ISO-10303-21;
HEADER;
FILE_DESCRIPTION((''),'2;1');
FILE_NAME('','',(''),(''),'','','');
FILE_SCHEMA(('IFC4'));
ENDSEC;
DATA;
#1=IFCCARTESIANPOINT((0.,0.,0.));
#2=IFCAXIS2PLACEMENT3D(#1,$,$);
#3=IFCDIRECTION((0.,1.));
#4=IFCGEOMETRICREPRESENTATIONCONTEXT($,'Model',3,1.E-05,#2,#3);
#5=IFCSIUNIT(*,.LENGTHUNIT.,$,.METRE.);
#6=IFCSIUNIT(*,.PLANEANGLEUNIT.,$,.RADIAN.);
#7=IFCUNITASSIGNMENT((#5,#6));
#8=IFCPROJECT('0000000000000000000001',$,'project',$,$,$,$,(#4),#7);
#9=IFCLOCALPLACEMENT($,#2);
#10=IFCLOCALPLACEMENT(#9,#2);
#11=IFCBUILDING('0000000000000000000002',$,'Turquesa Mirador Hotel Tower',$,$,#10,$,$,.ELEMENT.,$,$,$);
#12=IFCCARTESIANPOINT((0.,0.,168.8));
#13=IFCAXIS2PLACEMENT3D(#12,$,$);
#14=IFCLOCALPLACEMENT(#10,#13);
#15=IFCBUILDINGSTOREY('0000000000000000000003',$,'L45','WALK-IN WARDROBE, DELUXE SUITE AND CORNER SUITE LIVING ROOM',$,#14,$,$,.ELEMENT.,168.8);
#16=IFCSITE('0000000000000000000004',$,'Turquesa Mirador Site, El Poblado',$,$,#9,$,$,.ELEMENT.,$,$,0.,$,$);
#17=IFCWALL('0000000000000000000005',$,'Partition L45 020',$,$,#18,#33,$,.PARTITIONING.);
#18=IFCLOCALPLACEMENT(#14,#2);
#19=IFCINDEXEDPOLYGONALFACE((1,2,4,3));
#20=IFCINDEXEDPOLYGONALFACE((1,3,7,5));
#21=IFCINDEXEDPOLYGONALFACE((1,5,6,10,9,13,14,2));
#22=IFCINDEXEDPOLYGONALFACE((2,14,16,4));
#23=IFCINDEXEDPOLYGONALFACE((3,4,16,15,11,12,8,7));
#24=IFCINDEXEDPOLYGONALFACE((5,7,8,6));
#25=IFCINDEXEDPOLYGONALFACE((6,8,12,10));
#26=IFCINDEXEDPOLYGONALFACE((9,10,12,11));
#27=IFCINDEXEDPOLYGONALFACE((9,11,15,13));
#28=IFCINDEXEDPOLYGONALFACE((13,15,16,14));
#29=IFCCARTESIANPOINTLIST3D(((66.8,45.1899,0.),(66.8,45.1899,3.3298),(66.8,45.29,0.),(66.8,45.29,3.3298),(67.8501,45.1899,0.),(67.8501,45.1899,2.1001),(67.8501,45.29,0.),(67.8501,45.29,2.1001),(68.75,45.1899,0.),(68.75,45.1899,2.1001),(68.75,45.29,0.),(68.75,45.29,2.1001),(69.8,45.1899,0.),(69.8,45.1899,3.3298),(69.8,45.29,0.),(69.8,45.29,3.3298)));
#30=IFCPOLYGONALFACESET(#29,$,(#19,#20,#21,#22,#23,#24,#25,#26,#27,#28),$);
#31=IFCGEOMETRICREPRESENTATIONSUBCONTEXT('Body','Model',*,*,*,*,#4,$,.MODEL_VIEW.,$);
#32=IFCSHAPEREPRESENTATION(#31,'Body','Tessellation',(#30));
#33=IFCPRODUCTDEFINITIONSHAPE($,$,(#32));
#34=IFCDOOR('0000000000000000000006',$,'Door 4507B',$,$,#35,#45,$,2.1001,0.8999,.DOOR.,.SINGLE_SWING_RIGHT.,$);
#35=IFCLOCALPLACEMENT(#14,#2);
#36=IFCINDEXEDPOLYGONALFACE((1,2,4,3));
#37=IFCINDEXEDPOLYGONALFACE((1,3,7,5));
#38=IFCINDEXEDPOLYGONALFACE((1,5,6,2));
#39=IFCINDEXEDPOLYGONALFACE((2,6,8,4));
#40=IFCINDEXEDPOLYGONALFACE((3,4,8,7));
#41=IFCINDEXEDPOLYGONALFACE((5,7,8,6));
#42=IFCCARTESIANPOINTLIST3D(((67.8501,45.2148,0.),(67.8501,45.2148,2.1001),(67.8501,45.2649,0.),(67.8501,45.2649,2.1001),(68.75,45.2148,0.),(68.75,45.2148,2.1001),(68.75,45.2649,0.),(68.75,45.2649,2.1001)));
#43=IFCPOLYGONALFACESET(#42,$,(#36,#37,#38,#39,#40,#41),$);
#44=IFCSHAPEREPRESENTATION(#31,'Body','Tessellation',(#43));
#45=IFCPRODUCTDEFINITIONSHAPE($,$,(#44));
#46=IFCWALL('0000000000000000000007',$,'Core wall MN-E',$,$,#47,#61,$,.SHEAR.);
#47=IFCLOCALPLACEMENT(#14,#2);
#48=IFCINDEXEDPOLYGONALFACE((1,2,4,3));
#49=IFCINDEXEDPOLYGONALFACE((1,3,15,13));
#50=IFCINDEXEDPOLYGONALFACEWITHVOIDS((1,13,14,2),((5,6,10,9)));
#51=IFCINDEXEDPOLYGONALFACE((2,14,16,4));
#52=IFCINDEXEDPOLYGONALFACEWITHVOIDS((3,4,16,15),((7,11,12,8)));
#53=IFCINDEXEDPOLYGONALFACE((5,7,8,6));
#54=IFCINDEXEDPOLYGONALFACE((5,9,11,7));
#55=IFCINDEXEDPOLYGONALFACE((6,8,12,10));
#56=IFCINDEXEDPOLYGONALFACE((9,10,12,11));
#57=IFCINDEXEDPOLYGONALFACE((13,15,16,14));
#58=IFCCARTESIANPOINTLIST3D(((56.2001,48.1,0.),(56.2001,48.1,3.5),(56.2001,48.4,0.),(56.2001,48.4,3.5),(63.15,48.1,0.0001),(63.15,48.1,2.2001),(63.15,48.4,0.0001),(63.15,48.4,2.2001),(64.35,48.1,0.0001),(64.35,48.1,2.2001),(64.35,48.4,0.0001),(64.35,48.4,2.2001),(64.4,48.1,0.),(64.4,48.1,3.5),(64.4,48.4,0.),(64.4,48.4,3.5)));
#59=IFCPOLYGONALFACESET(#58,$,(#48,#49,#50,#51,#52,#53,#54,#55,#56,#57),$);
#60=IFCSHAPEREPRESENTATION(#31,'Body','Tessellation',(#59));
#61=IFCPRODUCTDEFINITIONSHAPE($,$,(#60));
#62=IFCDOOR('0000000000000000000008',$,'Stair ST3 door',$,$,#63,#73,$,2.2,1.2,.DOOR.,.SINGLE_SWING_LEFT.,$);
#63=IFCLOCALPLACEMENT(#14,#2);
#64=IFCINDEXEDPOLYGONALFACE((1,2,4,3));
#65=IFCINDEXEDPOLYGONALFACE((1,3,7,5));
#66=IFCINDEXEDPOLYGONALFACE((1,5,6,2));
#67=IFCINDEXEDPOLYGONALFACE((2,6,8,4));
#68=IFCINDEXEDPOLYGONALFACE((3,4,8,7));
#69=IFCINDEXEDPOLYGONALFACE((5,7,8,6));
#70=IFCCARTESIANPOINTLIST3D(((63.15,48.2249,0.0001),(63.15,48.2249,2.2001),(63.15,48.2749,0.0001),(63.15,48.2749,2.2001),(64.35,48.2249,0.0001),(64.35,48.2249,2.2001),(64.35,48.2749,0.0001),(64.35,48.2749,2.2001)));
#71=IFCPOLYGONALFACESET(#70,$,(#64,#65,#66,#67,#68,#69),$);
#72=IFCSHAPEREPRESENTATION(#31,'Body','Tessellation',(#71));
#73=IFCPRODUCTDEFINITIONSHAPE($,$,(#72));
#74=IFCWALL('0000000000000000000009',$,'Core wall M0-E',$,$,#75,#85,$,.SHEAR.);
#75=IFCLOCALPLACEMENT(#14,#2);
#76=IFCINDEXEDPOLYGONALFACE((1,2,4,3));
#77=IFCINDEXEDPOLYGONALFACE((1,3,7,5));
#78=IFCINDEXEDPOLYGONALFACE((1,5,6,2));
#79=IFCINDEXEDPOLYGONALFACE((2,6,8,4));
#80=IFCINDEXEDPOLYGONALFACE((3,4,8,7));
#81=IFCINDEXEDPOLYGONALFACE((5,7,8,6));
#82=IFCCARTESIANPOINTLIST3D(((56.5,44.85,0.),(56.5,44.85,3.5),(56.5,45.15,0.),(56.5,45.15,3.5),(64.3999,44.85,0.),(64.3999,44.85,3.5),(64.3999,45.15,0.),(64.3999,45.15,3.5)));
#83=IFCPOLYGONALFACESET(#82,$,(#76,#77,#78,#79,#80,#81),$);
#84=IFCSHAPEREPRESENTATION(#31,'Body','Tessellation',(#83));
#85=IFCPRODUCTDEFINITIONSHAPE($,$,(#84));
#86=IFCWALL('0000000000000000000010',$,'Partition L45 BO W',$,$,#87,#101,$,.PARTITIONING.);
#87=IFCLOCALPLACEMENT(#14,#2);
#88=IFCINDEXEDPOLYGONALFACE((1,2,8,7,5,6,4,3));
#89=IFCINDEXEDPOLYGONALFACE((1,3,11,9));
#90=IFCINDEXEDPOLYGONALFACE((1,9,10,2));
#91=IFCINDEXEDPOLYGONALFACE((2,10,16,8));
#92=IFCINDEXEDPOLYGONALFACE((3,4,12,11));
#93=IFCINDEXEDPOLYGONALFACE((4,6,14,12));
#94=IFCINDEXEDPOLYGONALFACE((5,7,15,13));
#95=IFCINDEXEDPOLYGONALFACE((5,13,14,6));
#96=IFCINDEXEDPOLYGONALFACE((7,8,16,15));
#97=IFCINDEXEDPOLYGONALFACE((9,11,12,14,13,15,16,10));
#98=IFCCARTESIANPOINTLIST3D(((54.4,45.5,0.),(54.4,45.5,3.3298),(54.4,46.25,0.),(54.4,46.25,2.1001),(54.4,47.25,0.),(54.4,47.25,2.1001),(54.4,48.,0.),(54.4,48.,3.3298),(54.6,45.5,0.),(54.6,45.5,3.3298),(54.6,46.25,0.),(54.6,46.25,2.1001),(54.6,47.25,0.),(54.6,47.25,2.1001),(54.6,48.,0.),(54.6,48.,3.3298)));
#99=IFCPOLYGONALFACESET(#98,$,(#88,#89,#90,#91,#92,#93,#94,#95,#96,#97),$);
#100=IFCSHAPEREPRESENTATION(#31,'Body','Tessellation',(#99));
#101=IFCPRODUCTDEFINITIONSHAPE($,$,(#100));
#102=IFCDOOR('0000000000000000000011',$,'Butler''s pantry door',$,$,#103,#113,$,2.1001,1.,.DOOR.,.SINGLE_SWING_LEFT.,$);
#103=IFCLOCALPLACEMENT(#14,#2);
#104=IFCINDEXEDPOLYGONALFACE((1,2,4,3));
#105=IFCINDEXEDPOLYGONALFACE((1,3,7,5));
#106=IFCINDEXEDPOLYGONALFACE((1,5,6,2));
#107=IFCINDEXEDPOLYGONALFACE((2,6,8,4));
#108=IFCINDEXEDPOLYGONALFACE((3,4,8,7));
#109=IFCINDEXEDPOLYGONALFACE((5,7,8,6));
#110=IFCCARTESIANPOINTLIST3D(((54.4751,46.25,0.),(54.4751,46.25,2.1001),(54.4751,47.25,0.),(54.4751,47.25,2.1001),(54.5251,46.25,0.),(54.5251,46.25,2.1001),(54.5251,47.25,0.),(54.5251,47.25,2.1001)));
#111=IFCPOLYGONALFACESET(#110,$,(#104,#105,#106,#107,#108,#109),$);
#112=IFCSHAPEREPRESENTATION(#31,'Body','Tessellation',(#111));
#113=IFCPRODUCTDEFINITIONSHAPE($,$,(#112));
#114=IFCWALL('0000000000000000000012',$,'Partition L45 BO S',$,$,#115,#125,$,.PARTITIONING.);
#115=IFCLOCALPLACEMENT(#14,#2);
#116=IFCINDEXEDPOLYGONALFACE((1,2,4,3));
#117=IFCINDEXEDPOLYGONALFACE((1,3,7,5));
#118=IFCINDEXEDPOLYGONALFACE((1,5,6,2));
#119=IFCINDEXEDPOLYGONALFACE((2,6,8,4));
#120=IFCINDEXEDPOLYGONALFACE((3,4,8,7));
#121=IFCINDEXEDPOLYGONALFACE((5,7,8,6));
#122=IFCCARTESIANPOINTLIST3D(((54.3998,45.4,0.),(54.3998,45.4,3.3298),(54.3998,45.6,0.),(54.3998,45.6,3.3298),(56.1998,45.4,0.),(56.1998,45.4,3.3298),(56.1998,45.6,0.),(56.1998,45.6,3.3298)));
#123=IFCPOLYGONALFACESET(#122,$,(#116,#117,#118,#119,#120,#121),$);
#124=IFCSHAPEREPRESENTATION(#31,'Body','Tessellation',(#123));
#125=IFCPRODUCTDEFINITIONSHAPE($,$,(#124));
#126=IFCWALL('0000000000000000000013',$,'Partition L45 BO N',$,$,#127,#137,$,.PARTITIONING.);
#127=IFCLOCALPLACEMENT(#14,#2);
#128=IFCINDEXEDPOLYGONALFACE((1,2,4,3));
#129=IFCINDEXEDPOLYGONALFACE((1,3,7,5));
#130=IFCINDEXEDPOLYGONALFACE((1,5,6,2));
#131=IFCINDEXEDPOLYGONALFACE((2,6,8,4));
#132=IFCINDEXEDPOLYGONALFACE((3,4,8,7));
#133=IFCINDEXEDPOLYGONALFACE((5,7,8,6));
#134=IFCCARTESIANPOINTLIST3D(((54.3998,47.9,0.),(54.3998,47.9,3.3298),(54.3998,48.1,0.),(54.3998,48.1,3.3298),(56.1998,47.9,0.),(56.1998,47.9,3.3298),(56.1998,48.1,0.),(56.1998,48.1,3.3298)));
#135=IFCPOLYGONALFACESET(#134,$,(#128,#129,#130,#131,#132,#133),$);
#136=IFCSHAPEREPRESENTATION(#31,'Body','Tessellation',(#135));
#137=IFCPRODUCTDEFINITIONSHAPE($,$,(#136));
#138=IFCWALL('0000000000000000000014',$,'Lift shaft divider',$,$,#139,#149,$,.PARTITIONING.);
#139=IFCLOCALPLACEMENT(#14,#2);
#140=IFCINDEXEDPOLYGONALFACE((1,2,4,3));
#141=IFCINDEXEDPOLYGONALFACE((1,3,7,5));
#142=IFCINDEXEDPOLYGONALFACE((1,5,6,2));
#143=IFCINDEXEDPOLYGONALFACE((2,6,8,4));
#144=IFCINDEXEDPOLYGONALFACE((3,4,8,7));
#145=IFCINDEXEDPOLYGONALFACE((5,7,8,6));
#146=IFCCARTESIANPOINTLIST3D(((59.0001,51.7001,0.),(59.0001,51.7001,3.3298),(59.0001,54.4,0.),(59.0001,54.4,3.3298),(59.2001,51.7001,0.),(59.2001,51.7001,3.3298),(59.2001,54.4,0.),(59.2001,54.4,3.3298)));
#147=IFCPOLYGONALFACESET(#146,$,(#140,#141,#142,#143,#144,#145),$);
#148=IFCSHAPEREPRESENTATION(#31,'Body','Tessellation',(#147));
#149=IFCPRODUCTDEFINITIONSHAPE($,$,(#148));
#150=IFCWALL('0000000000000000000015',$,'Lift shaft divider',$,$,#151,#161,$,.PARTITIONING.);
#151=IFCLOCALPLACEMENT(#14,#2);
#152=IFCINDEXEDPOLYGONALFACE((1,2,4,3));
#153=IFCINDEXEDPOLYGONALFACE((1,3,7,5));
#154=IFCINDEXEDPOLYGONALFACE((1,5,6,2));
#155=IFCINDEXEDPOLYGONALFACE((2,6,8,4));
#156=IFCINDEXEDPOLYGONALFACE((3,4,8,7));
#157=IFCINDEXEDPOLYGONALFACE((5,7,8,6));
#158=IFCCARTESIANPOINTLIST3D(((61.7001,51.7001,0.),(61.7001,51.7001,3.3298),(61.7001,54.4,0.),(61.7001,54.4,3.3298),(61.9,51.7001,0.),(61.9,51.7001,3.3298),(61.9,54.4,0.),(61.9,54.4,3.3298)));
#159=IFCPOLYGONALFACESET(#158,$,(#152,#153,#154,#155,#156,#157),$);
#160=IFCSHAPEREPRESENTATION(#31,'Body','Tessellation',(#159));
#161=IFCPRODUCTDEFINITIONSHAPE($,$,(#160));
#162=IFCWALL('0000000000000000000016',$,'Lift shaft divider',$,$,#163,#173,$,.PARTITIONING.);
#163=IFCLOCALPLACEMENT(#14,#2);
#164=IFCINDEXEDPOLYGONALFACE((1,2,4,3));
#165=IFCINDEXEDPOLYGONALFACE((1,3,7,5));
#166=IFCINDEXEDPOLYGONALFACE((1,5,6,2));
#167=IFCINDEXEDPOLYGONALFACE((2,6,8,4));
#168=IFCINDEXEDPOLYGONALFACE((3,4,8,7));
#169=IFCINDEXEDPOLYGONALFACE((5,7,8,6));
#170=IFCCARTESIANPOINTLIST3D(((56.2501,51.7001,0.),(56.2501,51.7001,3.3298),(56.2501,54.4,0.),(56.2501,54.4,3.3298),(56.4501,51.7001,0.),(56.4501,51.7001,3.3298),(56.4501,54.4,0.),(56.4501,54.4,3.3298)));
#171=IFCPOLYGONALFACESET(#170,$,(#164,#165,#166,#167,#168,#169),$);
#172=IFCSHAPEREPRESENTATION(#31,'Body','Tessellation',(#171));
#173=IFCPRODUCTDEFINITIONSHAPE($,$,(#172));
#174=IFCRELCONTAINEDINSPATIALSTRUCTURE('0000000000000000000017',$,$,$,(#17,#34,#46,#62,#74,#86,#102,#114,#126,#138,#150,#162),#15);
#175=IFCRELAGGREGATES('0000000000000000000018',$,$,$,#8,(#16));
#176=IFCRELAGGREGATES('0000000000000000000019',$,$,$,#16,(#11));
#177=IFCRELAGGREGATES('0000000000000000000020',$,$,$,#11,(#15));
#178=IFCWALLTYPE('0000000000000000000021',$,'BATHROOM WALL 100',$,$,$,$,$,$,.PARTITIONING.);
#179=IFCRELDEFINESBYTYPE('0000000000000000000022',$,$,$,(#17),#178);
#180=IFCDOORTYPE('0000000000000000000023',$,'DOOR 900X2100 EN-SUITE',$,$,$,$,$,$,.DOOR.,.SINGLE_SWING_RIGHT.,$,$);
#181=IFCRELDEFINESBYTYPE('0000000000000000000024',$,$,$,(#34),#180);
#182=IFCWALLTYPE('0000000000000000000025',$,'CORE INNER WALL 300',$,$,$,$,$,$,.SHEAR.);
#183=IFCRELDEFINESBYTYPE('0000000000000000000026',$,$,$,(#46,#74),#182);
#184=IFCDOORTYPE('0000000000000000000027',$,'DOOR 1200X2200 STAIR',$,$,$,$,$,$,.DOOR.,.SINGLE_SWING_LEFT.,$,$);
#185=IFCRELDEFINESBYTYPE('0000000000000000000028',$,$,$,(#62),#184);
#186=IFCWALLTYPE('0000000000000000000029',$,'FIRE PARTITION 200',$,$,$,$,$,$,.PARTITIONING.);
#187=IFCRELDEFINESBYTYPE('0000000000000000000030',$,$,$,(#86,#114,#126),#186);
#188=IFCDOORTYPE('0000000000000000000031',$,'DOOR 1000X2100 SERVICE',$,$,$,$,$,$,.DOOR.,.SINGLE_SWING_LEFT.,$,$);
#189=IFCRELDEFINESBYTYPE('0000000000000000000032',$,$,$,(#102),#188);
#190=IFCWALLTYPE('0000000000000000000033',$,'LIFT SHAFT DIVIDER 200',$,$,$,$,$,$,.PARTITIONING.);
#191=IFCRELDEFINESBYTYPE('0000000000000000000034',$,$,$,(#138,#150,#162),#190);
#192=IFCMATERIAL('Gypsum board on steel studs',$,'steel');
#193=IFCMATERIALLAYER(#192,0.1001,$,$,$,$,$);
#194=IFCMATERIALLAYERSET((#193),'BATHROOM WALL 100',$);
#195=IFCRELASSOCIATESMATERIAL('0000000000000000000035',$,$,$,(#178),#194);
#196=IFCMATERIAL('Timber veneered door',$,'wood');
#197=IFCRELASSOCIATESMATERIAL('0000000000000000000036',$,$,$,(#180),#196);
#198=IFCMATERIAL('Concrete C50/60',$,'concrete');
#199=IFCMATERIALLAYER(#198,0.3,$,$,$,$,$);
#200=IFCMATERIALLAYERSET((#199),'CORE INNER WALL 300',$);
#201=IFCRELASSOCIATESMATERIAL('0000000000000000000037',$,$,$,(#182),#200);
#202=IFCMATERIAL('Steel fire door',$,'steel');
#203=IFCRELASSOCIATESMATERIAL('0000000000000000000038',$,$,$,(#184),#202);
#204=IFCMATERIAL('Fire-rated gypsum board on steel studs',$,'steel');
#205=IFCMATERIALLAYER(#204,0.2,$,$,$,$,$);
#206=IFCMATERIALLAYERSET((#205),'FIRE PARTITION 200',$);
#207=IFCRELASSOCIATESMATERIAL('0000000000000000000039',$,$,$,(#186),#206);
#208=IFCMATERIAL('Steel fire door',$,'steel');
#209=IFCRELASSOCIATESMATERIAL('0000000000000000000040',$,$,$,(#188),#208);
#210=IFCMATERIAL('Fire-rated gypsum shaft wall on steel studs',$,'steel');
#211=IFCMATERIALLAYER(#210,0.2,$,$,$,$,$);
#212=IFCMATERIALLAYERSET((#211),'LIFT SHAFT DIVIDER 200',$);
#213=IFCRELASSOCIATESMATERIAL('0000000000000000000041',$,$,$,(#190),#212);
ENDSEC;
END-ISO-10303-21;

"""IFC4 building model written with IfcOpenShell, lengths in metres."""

from ifc_helpers import new_model, si_unit, direction, frame, frame_2d, origin, place, context, subcontext, project, spatial, rectangle, extrude, material, layer, layer_set, type_object, element, fill, save


model = new_model("IFC4")

# Units and contexts
model_context = context("Model", 3, precision=1e-05, world=origin(), true_north=direction((0.0, 1.0)))
body_context = subcontext(model_context, "Body", "Model", "MODEL_VIEW")
ifc_project = project(units=[si_unit("LENGTHUNIT", "METRE"), si_unit("PLANEANGLEUNIT", "RADIAN")], contexts=[model_context])

# Site, building, storey
site_placement = place(None, origin())
site = spatial("IfcSite", under=ifc_project, at=site_placement, Name="Turquesa Mirador Site, El Poblado", CompositionType="ELEMENT", RefElevation=0.0)
building_placement = place(site_placement, origin())
building = spatial("IfcBuilding", under=site, at=building_placement, Name="Turquesa Mirador Hotel Tower", CompositionType="ELEMENT")
storey_placement = place(building_placement, frame((0.0, 0.0, 168.8)))
storey = spatial("IfcBuildingStorey", under=building, at=storey_placement, Name="L45", Description="WALK-IN WARDROBE, DELUXE SUITE AND CORNER SUITE LIVING ROOM", CompositionType="ELEMENT", Elevation=168.8)

# Walls, openings, doors
ifc_material_1 = material(Name="Gypsum board on steel studs", Category="steel")
ifc_layer_1 = layer(ifc_material_1, 0.1001)
ifc_layer_set_1 = layer_set([ifc_layer_1], Name="BATHROOM WALL 100")
wall_type_1 = type_object("IfcWallType", Name="BATHROOM WALL 100", PredefinedType="PARTITIONING", material=ifc_layer_set_1)
wall_1_placement = place(storey_placement, frame((66.8, 45.24, 0.0), z_axis=(0.0, 0.0, 1.0), x_axis=(1.0, 0.0, 0.0)))
wall_1 = element("IfcWall", 1, at=wall_1_placement, inside=storey, type_object=wall_type_1, Name="Partition L45 020", PredefinedType="PARTITIONING", context=body_context, shape_type="SweptSolid", body=[
    extrude(rectangle(XDim=3.0, YDim=0.1001, at=frame_2d((1.5, 0.0))), origin(), (0.0, 0.0, 1.0), 3.3298),
])
opening_1_placement = place(wall_1_placement, frame((1.05, 0.0, 0.0)))
opening_1 = element("IfcOpeningElement", 2, at=opening_1_placement, cuts=wall_1, PredefinedType="OPENING", context=body_context, shape_type="SweptSolid", body=[
    extrude(rectangle(XDim=0.8999, YDim=2.1001, at=frame_2d((0.45, 1.05))), frame((0.0, 0.0601, 0.0), z_axis=(0.0, -1.0, 0.0), x_axis=(1.0, 0.0, 0.0)), (0.0, 0.0, 1.0), 0.1201),
])
ifc_material_2 = material(Name="Timber veneered door", Category="wood")
door_type_1 = type_object("IfcDoorType", Name="DOOR 900X2100 EN-SUITE", OperationType="SINGLE_SWING_RIGHT", PredefinedType="DOOR", material=ifc_material_2)
door_1_placement = place(opening_1_placement, origin())
door_1 = element("IfcDoor", 3, at=door_1_placement, inside=storey, type_object=door_type_1, Name="Door 4507B", OperationType="SINGLE_SWING_RIGHT", OverallHeight=2.1001, OverallWidth=0.8999, PredefinedType="DOOR", context=body_context, shape_type="SweptSolid", body=[
    extrude(rectangle(XDim=0.8999, YDim=2.1001, at=frame_2d((0.45, 1.05))), frame((0.0, 0.0249, 0.0), z_axis=(0.0, -1.0, 0.0), x_axis=(1.0, 0.0, 0.0)), (0.0, 0.0, 1.0), 0.05),
])
fill(opening_1, door_1)
ifc_material_3 = material(Name="Concrete C50/60", Category="concrete")
ifc_layer_2 = layer(ifc_material_3, 0.3)
ifc_layer_set_2 = layer_set([ifc_layer_2], Name="CORE INNER WALL 300")
wall_type_2 = type_object("IfcWallType", Name="CORE INNER WALL 300", PredefinedType="SHEAR", material=ifc_layer_set_2)
wall_2_placement = place(storey_placement, frame((56.2, 48.25, 0.0), z_axis=(0.0, 0.0, 1.0), x_axis=(1.0, 0.0, 0.0)))
wall_2 = element("IfcWall", 4, at=wall_2_placement, inside=storey, type_object=wall_type_2, Name="Core wall MN-E", PredefinedType="SHEAR", context=body_context, shape_type="SweptSolid", body=[
    extrude(rectangle(XDim=8.2, YDim=0.3, at=frame_2d((4.1001, 0.0))), origin(), (0.0, 0.0, 1.0), 3.5),
])
opening_2_placement = place(wall_2_placement, frame((6.95, 0.0, 0.0)))
opening_2 = element("IfcOpeningElement", 5, at=opening_2_placement, cuts=wall_2, PredefinedType="OPENING", context=body_context, shape_type="SweptSolid", body=[
    extrude(rectangle(XDim=1.2, YDim=2.2, at=frame_2d((0.6001, 1.1001))), frame((0.0, 0.1599, 0.0), z_axis=(0.0, -1.0, 0.0), x_axis=(1.0, 0.0, 0.0)), (0.0, 0.0, 1.0), 0.3201),
])
ifc_material_4 = material(Name="Steel fire door", Category="steel")
door_type_2 = type_object("IfcDoorType", Name="DOOR 1200X2200 STAIR", OperationType="SINGLE_SWING_LEFT", PredefinedType="DOOR", material=ifc_material_4)
door_2_placement = place(opening_2_placement, origin())
door_2 = element("IfcDoor", 6, at=door_2_placement, inside=storey, type_object=door_type_2, Name="Stair ST3 door", OperationType="SINGLE_SWING_LEFT", OverallHeight=2.2, OverallWidth=1.2, PredefinedType="DOOR", context=body_context, shape_type="SweptSolid", body=[
    extrude(rectangle(XDim=1.2, YDim=2.2, at=frame_2d((0.6001, 1.1001))), frame((0.0, 0.0249, 0.0), z_axis=(0.0, -1.0, 0.0), x_axis=(1.0, 0.0, 0.0)), (0.0, 0.0, 1.0), 0.05),
])
fill(opening_2, door_2)

# Wall
wall_3_placement = place(storey_placement, frame((56.5, 45.0, 0.0), z_axis=(0.0, 0.0, 1.0), x_axis=(1.0, 0.0, 0.0)))
element("IfcWall", 7, at=wall_3_placement, inside=storey, type_object=wall_type_2, Name="Core wall M0-E", PredefinedType="SHEAR", context=body_context, shape_type="SweptSolid", body=[
    extrude(rectangle(XDim=7.8999, YDim=0.3, at=frame_2d((3.95, 0.0))), origin(), (0.0, 0.0, 1.0), 3.5),
])

# Wall, opening, door
ifc_material_5 = material(Name="Fire-rated gypsum board on steel studs", Category="steel")
ifc_layer_3 = layer(ifc_material_5, 0.2)
ifc_layer_set_3 = layer_set([ifc_layer_3], Name="FIRE PARTITION 200")
wall_type_3 = type_object("IfcWallType", Name="FIRE PARTITION 200", PredefinedType="PARTITIONING", material=ifc_layer_set_3)
wall_4_placement = place(storey_placement, frame((54.5, 45.5, 0.0), z_axis=(0.0, 0.0, 1.0), x_axis=(0.0, 1.0, 0.0)))
wall_4 = element("IfcWall", 8, at=wall_4_placement, inside=storey, type_object=wall_type_3, Name="Partition L45 BO W", PredefinedType="PARTITIONING", context=body_context, shape_type="SweptSolid", body=[
    extrude(rectangle(XDim=2.5, YDim=0.2, at=frame_2d((1.25, 0.0))), origin(), (0.0, 0.0, 1.0), 3.3298),
])
opening_3_placement = place(wall_4_placement, frame((0.75, 0.0, 0.0)))
opening_3 = element("IfcOpeningElement", 9, at=opening_3_placement, cuts=wall_4, PredefinedType="OPENING", context=body_context, shape_type="SweptSolid", body=[
    extrude(rectangle(XDim=1.0, YDim=2.1001, at=frame_2d((0.5, 1.05))), frame((0.0, 0.1099, 0.0), z_axis=(0.0, -1.0, 0.0), x_axis=(1.0, 0.0, 0.0)), (0.0, 0.0, 1.0), 0.22),
])
ifc_material_6 = material(Name="Steel fire door", Category="steel")
door_type_3 = type_object("IfcDoorType", Name="DOOR 1000X2100 SERVICE", OperationType="SINGLE_SWING_LEFT", PredefinedType="DOOR", material=ifc_material_6)
door_3_placement = place(opening_3_placement, origin())
door_3 = element("IfcDoor", 10, at=door_3_placement, inside=storey, type_object=door_type_3, Name="Butler's pantry door", OperationType="SINGLE_SWING_LEFT", OverallHeight=2.1001, OverallWidth=1.0, PredefinedType="DOOR", context=body_context, shape_type="SweptSolid", body=[
    extrude(rectangle(XDim=1.0, YDim=2.1001, at=frame_2d((0.5, 1.05))), frame((0.0, 0.0249, 0.0), z_axis=(0.0, -1.0, 0.0), x_axis=(1.0, 0.0, 0.0)), (0.0, 0.0, 1.0), 0.05),
])
fill(opening_3, door_3)

# Walls
for number, where, z_axis, x_axis, name in (
    (11, (54.3999, 45.5, 0.0), (0.0, 0.0, 1.0), (1.0, 0.0, 0.0), "Partition L45 BO S"),
    (12, (54.3999, 48.0, 0.0), (0.0, 0.0, 1.0), (1.0, 0.0, 0.0), "Partition L45 BO N"),
):
    element("IfcWall", number, at=place(storey_placement, frame(where, z_axis=z_axis, x_axis=x_axis)), inside=storey, type_object=wall_type_3, Name=name, PredefinedType="PARTITIONING", context=body_context, shape_type="SweptSolid", body=[
        extrude(rectangle(XDim=1.8, YDim=0.2, at=frame_2d((0.8999, 0.0))), origin(), (0.0, 0.0, 1.0), 3.3298),
    ])
ifc_material_7 = material(Name="Fire-rated gypsum shaft wall on steel studs", Category="steel")
ifc_layer_4 = layer(ifc_material_7, 0.2)
ifc_layer_set_4 = layer_set([ifc_layer_4], Name="LIFT SHAFT DIVIDER 200")
wall_type_4 = type_object("IfcWallType", Name="LIFT SHAFT DIVIDER 200", PredefinedType="PARTITIONING", material=ifc_layer_set_4)
for number, where, z_axis, x_axis, name in (
    (13, (59.1001, 51.7, 0.0), (0.0, 0.0, 1.0), (0.0, 1.0, 0.0), "Lift shaft divider"),
    (14, (61.8, 51.7, 0.0), (0.0, 0.0, 1.0), (0.0, 1.0, 0.0), "Lift shaft divider"),
    (15, (56.3501, 51.7, 0.0), (0.0, 0.0, 1.0), (0.0, 1.0, 0.0), "Lift shaft divider"),
):
    element("IfcWall", number, at=place(storey_placement, frame(where, z_axis=z_axis, x_axis=x_axis)), inside=storey, type_object=wall_type_4, Name=name, PredefinedType="PARTITIONING", context=body_context, shape_type="SweptSolid", body=[
        extrude(rectangle(XDim=2.7, YDim=0.2, at=frame_2d((1.3501, 0.0))), origin(), (0.0, 0.0, 1.0), 3.3298),
    ])

save(model, "model.ifc")
